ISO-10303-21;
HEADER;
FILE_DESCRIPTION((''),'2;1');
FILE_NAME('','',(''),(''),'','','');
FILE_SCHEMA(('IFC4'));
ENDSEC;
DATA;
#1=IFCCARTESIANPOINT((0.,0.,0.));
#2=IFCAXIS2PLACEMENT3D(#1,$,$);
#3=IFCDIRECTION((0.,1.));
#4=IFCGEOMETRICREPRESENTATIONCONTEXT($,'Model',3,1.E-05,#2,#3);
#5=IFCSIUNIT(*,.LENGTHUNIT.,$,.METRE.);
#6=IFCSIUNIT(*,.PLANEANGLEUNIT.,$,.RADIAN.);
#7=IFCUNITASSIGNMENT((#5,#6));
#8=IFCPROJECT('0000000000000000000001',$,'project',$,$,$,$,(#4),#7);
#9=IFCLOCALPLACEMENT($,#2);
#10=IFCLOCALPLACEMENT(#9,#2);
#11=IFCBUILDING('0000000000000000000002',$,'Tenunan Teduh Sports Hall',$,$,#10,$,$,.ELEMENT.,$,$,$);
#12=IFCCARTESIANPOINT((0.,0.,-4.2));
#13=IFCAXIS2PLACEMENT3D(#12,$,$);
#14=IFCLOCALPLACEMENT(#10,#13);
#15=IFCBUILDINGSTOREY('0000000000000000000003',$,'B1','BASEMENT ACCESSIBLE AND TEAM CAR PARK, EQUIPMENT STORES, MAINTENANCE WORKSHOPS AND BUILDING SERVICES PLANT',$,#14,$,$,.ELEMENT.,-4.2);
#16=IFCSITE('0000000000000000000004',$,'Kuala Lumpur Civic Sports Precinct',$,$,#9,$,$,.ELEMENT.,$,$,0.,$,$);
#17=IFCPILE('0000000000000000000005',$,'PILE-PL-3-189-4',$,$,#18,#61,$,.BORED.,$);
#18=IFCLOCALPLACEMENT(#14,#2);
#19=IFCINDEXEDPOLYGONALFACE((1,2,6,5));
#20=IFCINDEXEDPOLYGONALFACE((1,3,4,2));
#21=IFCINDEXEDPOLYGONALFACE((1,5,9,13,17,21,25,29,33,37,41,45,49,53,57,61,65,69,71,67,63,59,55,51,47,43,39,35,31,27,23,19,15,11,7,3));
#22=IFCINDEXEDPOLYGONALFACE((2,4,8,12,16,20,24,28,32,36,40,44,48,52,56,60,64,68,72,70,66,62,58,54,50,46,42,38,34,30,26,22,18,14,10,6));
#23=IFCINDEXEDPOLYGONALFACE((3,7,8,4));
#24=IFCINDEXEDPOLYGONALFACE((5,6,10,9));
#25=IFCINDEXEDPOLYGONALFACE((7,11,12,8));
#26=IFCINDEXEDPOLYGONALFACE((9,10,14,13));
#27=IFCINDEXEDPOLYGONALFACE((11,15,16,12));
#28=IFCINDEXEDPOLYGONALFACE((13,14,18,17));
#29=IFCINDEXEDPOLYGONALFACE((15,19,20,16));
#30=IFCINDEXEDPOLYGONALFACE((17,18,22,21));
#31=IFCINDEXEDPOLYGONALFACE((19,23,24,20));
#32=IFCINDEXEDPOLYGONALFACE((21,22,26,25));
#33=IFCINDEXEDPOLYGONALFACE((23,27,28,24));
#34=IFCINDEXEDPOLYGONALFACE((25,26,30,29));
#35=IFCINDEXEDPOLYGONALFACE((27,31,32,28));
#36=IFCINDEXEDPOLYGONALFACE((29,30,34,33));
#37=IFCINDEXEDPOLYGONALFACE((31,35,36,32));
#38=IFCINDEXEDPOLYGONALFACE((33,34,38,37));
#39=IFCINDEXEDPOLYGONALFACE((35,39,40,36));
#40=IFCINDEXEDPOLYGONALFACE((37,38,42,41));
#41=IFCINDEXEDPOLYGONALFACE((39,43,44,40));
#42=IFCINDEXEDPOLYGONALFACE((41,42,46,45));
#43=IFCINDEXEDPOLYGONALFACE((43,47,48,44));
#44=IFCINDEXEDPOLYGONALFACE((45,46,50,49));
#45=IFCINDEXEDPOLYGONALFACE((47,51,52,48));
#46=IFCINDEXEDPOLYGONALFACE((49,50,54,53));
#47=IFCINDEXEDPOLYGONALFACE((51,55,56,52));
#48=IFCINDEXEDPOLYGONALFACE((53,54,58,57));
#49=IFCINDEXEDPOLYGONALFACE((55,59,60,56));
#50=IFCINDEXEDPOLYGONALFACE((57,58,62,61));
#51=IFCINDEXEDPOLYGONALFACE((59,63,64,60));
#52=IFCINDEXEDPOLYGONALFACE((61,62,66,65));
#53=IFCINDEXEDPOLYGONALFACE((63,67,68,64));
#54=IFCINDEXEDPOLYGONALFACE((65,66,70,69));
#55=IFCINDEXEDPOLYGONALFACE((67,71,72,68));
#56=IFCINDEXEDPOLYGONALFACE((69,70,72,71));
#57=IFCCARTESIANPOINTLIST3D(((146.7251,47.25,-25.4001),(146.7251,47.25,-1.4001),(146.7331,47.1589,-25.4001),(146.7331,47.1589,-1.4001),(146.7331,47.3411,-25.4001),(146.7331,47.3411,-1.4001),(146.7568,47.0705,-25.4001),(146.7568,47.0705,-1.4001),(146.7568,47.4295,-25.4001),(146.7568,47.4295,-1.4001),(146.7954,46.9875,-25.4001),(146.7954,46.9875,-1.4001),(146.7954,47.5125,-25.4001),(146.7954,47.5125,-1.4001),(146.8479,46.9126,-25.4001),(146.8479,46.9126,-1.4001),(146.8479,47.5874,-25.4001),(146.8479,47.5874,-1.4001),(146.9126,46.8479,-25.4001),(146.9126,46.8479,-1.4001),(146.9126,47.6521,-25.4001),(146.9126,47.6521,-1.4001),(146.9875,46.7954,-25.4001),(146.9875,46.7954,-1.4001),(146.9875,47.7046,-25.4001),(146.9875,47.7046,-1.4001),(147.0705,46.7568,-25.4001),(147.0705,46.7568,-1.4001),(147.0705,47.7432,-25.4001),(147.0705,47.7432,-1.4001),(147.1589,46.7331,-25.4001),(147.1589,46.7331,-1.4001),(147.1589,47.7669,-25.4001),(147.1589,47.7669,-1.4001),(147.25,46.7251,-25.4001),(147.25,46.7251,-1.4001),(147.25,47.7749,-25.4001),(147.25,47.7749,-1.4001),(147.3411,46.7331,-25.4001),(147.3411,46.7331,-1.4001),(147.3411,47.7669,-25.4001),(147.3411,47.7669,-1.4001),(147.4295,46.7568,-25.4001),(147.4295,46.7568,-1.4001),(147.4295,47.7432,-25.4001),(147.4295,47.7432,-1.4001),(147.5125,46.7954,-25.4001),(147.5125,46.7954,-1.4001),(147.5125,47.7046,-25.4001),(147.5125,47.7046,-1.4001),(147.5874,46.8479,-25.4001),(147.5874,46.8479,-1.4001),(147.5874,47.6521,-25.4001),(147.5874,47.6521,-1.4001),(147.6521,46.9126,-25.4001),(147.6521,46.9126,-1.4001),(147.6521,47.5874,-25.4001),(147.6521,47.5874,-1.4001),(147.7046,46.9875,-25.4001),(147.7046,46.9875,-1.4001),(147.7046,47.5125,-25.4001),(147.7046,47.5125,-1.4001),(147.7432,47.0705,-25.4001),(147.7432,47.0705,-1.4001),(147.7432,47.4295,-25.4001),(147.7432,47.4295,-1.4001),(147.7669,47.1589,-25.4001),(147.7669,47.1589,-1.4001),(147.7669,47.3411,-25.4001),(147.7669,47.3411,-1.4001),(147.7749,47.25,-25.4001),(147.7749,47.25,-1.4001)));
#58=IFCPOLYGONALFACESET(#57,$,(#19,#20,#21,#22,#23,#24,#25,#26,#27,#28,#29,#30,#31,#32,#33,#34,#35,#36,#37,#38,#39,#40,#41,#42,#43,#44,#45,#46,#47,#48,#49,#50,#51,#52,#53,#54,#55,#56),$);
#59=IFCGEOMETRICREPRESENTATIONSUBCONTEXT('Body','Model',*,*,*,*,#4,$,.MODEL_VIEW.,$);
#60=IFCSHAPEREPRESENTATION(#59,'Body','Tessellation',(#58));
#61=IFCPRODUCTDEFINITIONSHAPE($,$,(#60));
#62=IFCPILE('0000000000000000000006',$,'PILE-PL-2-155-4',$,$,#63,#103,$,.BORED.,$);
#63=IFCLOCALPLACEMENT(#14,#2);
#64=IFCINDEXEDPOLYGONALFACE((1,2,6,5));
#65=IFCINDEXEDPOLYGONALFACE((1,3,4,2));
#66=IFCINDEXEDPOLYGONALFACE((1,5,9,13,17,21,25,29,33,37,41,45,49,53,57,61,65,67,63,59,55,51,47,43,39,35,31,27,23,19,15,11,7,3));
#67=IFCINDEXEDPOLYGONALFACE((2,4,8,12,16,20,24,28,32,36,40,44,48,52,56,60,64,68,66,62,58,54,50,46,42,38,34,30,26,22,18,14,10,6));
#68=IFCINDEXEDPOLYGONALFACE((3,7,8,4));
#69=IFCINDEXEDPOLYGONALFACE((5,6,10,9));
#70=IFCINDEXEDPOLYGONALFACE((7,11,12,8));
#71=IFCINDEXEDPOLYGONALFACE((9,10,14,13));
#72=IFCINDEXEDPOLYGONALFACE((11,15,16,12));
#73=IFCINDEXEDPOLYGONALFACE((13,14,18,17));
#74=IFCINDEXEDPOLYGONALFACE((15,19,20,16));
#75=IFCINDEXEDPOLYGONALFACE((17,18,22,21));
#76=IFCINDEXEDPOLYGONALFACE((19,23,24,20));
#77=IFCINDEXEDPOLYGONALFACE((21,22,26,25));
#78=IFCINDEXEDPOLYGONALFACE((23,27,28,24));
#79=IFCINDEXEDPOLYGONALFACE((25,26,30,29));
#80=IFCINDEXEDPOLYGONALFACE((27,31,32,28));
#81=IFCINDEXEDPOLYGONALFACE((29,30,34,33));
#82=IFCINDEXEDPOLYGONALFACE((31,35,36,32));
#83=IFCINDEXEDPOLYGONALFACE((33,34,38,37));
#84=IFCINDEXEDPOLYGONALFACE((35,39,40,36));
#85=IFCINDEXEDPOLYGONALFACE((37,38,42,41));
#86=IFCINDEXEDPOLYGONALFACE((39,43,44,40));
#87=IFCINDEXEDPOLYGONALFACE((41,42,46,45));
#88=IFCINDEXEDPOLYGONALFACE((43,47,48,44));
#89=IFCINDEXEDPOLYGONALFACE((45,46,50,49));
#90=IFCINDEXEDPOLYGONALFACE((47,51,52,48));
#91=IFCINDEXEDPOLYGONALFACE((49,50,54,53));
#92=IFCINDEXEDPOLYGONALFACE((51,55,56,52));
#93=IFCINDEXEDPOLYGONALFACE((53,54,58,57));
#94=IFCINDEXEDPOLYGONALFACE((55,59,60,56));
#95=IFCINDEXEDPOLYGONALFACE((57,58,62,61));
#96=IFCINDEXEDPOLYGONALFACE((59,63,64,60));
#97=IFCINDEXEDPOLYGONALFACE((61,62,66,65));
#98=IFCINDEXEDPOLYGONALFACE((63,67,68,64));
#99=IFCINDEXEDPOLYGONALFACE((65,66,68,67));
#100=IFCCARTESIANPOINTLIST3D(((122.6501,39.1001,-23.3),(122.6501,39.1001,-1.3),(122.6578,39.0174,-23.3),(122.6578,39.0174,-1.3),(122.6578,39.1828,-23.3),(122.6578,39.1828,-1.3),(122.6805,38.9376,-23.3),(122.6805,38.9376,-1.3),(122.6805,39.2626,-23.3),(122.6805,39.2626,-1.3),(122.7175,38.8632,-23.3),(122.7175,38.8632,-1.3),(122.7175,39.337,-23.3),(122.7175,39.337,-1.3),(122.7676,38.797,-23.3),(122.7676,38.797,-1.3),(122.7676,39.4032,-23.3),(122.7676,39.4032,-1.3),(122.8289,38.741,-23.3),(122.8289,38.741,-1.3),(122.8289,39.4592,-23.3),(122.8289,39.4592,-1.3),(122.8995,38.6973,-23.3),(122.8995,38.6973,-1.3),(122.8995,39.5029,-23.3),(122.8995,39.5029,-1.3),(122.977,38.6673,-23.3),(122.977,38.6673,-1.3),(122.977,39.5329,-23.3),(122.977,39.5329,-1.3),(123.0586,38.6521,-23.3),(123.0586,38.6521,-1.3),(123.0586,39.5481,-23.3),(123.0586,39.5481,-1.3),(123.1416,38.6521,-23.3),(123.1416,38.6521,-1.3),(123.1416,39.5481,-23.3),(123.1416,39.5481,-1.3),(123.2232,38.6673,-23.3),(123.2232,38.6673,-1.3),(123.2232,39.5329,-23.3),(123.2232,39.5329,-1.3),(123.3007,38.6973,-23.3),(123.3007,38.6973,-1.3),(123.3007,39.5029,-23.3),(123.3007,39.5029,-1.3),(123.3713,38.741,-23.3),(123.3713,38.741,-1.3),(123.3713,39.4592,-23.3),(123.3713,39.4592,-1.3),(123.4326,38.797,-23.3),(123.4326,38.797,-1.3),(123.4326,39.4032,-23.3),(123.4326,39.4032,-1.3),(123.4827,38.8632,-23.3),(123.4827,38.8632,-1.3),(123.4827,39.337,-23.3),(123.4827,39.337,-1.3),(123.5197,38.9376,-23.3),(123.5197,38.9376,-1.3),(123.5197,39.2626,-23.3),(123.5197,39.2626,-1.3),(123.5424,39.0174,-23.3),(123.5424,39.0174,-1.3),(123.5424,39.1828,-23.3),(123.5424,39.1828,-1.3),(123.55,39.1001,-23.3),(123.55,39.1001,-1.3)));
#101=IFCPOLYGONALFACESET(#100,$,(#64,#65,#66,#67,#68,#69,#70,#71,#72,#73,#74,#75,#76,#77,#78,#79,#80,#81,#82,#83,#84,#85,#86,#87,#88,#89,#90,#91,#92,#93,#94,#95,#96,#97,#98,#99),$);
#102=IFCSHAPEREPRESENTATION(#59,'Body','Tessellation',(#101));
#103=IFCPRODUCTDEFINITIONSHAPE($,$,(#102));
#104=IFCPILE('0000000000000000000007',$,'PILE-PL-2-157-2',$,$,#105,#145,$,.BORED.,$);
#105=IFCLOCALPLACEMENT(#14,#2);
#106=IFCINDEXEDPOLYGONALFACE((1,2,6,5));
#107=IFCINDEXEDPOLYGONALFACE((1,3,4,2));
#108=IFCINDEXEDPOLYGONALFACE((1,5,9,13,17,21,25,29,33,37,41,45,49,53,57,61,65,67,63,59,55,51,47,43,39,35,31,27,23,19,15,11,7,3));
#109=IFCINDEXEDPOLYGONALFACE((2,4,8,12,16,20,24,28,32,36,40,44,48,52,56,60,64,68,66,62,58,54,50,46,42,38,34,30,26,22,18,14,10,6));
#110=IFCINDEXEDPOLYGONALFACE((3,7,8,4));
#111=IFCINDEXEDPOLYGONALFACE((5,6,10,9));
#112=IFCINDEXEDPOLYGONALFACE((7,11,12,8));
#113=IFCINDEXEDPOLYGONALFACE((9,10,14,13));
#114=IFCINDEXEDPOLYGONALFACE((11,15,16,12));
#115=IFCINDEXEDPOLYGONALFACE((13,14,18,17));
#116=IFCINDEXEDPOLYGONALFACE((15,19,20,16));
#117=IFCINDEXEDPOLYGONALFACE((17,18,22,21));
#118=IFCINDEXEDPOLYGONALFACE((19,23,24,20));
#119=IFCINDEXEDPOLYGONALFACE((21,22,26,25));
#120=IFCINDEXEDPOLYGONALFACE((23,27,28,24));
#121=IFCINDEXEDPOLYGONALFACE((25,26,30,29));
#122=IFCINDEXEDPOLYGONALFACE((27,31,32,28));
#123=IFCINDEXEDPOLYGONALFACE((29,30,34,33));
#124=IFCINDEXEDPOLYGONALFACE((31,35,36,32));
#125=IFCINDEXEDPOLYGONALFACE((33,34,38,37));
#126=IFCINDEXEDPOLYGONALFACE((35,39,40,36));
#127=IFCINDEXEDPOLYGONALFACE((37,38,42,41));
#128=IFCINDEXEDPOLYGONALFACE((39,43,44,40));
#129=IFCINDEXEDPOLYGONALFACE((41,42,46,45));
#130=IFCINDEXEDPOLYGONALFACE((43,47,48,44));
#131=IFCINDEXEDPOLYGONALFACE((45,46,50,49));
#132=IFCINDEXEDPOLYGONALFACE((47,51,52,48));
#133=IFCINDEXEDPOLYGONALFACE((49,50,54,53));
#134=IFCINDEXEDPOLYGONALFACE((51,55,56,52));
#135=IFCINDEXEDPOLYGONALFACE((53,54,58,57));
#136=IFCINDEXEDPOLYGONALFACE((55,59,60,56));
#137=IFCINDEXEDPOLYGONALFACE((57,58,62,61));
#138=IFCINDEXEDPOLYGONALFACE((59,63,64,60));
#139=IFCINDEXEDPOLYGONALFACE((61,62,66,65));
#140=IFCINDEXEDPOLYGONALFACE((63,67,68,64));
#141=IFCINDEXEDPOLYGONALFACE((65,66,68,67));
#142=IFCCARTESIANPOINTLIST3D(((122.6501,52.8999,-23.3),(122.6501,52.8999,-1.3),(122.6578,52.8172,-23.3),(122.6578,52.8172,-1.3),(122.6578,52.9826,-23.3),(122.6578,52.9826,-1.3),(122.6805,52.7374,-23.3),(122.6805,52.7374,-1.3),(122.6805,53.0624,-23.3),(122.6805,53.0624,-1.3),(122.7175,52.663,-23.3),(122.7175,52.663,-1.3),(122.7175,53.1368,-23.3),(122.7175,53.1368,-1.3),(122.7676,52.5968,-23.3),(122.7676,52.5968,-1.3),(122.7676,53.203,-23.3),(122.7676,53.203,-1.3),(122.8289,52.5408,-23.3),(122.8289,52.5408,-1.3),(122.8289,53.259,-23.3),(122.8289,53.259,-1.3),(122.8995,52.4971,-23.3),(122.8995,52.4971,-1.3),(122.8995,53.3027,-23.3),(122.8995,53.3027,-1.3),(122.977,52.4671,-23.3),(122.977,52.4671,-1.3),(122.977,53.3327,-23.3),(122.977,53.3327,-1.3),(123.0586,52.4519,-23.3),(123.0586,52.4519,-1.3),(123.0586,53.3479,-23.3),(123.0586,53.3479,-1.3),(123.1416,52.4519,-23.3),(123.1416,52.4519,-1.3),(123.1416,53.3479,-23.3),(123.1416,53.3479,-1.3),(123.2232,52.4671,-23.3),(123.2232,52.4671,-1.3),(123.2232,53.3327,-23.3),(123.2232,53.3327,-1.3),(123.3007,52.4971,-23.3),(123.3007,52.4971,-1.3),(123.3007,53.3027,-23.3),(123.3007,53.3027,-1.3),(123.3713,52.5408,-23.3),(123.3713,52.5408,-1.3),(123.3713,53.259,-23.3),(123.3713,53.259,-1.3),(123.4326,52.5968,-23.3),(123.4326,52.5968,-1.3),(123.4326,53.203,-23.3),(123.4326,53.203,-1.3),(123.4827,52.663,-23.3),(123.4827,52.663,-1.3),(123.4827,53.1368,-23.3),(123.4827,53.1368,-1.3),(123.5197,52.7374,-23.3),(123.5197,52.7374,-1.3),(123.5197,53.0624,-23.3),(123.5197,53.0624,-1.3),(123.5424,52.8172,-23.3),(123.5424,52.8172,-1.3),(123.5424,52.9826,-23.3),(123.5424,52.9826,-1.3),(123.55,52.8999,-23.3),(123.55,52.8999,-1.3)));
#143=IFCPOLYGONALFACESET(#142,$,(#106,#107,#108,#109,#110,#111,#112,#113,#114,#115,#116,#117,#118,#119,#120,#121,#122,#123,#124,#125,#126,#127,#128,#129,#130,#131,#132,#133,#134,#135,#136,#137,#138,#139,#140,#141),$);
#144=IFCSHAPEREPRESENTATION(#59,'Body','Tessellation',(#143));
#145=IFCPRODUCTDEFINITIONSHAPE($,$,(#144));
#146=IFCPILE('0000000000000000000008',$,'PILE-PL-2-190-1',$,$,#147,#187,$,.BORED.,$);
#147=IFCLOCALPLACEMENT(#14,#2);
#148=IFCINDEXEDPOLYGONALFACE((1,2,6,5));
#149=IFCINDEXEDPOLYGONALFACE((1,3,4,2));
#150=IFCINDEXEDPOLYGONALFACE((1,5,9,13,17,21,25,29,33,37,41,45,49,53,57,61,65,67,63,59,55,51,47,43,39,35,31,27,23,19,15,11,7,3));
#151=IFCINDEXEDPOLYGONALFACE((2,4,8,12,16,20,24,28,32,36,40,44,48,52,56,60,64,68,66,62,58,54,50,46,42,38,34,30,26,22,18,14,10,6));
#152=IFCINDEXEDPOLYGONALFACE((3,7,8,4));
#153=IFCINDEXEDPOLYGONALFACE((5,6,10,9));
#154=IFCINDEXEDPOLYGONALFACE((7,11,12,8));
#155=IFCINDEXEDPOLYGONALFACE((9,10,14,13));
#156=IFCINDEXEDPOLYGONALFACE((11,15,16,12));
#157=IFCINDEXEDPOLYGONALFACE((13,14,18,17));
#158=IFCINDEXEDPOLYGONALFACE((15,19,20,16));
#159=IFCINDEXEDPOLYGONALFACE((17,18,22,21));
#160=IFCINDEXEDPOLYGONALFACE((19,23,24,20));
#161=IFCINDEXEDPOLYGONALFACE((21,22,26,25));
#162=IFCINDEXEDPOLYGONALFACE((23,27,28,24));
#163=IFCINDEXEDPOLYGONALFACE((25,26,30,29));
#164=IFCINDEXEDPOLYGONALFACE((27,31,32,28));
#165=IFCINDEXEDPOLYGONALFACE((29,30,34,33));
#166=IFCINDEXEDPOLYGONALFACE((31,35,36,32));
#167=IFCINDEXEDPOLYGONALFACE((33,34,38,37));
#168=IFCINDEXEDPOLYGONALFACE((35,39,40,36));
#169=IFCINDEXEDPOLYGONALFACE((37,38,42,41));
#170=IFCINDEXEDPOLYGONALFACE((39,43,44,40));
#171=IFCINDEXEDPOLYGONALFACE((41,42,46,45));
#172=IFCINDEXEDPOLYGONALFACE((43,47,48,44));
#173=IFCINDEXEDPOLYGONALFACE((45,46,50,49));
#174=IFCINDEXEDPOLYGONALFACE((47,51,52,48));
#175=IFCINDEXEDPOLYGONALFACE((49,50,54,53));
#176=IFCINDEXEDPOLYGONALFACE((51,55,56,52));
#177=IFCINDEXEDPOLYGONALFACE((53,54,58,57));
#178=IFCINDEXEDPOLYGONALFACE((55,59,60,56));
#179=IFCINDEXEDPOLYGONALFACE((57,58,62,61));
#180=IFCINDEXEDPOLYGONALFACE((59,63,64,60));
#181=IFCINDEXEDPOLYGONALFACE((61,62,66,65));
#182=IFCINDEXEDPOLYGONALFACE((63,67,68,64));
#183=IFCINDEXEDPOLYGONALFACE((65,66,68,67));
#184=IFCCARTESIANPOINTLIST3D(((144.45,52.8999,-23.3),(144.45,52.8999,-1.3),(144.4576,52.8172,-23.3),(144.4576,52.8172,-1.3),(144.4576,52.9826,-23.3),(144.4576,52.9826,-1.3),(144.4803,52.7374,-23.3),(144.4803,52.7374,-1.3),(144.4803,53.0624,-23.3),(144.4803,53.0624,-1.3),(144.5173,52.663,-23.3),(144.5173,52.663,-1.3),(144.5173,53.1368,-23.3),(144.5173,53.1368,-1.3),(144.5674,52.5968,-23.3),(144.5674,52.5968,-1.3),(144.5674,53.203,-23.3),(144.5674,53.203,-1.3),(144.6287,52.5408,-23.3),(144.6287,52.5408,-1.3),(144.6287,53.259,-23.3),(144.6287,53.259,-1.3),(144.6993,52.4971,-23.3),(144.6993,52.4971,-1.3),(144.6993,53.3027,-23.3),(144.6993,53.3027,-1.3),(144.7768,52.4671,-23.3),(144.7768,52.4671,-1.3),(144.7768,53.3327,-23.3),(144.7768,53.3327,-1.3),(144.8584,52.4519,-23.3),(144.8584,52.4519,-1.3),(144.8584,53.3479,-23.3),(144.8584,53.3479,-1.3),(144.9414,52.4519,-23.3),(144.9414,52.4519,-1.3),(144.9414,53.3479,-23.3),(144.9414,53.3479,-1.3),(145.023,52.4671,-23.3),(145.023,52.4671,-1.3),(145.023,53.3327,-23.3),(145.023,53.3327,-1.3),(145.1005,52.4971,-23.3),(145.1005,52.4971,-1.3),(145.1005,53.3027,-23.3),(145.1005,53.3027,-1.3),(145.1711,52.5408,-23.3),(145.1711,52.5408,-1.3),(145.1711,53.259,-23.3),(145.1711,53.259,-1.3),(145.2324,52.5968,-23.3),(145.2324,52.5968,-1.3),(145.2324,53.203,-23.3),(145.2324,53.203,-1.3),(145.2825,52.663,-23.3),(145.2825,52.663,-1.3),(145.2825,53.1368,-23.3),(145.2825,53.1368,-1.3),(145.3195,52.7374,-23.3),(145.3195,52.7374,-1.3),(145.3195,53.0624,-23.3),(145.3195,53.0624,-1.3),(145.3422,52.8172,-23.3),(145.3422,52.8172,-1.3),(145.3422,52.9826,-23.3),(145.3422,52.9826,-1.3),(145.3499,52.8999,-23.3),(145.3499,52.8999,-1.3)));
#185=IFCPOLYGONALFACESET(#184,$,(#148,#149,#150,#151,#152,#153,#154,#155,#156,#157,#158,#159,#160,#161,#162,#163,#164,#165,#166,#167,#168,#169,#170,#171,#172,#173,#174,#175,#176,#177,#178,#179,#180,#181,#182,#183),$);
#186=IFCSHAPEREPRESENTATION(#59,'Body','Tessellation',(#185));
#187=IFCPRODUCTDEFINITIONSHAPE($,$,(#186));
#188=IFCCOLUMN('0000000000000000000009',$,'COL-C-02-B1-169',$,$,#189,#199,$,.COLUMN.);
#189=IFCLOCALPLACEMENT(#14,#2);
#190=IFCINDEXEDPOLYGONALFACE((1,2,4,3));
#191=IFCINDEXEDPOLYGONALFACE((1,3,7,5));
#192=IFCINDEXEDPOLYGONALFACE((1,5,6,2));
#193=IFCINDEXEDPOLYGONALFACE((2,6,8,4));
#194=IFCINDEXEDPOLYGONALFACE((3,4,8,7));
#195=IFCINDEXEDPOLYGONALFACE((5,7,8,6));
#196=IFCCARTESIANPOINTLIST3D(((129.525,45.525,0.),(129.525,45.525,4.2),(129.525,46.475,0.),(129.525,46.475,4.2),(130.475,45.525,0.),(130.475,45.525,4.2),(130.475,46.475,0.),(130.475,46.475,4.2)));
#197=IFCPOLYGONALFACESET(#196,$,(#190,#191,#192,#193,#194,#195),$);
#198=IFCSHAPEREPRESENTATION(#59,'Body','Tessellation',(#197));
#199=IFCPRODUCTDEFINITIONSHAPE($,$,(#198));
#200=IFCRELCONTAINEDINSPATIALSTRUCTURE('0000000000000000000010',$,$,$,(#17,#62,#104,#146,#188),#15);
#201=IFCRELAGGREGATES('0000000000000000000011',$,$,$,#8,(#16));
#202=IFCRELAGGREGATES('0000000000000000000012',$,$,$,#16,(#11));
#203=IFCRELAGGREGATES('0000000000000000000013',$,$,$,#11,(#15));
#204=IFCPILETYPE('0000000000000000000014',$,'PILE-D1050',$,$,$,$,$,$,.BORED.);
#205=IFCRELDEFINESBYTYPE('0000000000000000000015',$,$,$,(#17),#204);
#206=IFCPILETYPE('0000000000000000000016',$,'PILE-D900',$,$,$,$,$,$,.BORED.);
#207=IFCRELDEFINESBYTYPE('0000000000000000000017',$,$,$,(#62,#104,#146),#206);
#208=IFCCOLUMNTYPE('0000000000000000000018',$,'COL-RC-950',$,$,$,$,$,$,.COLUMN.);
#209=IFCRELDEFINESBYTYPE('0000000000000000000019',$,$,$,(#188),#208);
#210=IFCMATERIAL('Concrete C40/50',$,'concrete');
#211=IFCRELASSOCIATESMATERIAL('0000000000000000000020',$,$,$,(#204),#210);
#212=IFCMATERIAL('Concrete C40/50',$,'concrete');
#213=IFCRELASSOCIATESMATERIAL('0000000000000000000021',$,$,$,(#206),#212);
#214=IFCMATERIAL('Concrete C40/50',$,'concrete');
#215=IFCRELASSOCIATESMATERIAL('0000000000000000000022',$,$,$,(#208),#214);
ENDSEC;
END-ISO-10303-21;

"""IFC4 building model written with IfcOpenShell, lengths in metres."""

from ifc_helpers import new_model, si_unit, direction, frame, origin, origin_2d, place, context, subcontext, project, spatial, rectangle, circle, extrude, material, material_profile, profile_set, type_object, element, save


model = new_model("IFC4")

# Units and contexts
model_context = context("Model", 3, precision=1e-05, world=origin(), true_north=direction((0.0, 1.0)))
body_context = subcontext(model_context, "Body", "Model", "MODEL_VIEW")
ifc_project = project(units=[si_unit("LENGTHUNIT", "METRE"), si_unit("PLANEANGLEUNIT", "RADIAN")], contexts=[model_context])

# Site, building, storey
site_placement = place(None, origin())
site = spatial("IfcSite", under=ifc_project, at=site_placement, Name="Kuala Lumpur Civic Sports Precinct", CompositionType="ELEMENT", RefElevation=0.0)
building_placement = place(site_placement, origin())
building = spatial("IfcBuilding", under=site, at=building_placement, Name="Tenunan Teduh Sports Hall", CompositionType="ELEMENT")
storey_placement = place(building_placement, frame((0.0, 0.0, -4.2)))
storey = spatial("IfcBuildingStorey", under=building, at=storey_placement, Name="B1", Description="BASEMENT ACCESSIBLE AND TEAM CAR PARK, EQUIPMENT STORES, MAINTENANCE WORKSHOPS AND BUILDING SERVICES PLANT", CompositionType="ELEMENT", Elevation=-4.2)

# Piles
ifc_material_1 = material(Name="Concrete C40/50", Category="concrete")
ifc_material_profile_1 = material_profile(ifc_material_1, circle(Radius=0.5249, at=origin_2d()), Name="PILE D1050")
ifc_profile_set_1 = profile_set([ifc_material_profile_1], Name="Concrete C40/50")
pile_type_1 = type_object("IfcPileType", Name="PILE-D1050", PredefinedType="BORED", material=ifc_profile_set_1)
for number, where, z_axis, x_axis, name in (
    (1, (147.25, 47.25, -1.4001), (0.0, 0.0, -1.0), (1.0, 0.0, 0.0), "PILE-PL-3-189-4"),
):
    element("IfcPile", number, at=place(storey_placement, frame(where, z_axis=z_axis, x_axis=x_axis)), inside=storey, type_object=pile_type_1, Name=name, PredefinedType="BORED", context=body_context, shape_type="SweptSolid", body=[
        extrude(circle(Radius=0.5249, at=origin_2d()), origin(), (0.0, 0.0, 1.0), 24.0),
    ])
ifc_material_2 = material(Name="Concrete C40/50", Category="concrete")
ifc_material_profile_2 = material_profile(ifc_material_2, circle(Radius=0.45, at=origin_2d()), Name="PILE D900")
ifc_profile_set_2 = profile_set([ifc_material_profile_2], Name="Concrete C40/50")
pile_type_2 = type_object("IfcPileType", Name="PILE-D900", PredefinedType="BORED", material=ifc_profile_set_2)
for number, where, z_axis, x_axis, name in (
    (2, (123.1001, 39.1001, -1.3), (0.0, 0.0, -1.0), (1.0, 0.0, 0.0), "PILE-PL-2-155-4"),
    (3, (123.1001, 52.8999, -1.3), (0.0, 0.0, -1.0), (1.0, 0.0, 0.0), "PILE-PL-2-157-2"),
    (4, (144.8999, 52.8999, -1.3), (0.0, 0.0, -1.0), (1.0, 0.0, 0.0), "PILE-PL-2-190-1"),
):
    element("IfcPile", number, at=place(storey_placement, frame(where, z_axis=z_axis, x_axis=x_axis)), inside=storey, type_object=pile_type_2, Name=name, PredefinedType="BORED", context=body_context, shape_type="SweptSolid", body=[
        extrude(circle(Radius=0.45, at=origin_2d()), origin(), (0.0, 0.0, 1.0), 22.0),
    ])

# Column
ifc_material_3 = material(Name="Concrete C40/50", Category="concrete")
ifc_material_profile_3 = material_profile(ifc_material_3, rectangle(XDim=0.95, YDim=0.95, at=origin_2d()), Name="RC 950x950")
ifc_profile_set_3 = profile_set([ifc_material_profile_3], Name="Concrete C40/50")
column_type = type_object("IfcColumnType", Name="COL-RC-950", PredefinedType="COLUMN", material=ifc_profile_set_3)
for number, where, z_axis, x_axis, name in (
    (5, (130.0, 46.0, 0.0), (0.0, 0.0, 1.0), (1.0, 0.0, 0.0), "COL-C-02-B1-169"),
):
    element("IfcColumn", number, at=place(storey_placement, frame(where, z_axis=z_axis, x_axis=x_axis)), inside=storey, type_object=column_type, Name=name, PredefinedType="COLUMN", context=body_context, shape_type="SweptSolid", body=[
        extrude(rectangle(XDim=0.95, YDim=0.95, at=origin_2d()), origin(), (0.0, 0.0, 1.0), 4.2),
    ])

save(model, "model.ifc")
